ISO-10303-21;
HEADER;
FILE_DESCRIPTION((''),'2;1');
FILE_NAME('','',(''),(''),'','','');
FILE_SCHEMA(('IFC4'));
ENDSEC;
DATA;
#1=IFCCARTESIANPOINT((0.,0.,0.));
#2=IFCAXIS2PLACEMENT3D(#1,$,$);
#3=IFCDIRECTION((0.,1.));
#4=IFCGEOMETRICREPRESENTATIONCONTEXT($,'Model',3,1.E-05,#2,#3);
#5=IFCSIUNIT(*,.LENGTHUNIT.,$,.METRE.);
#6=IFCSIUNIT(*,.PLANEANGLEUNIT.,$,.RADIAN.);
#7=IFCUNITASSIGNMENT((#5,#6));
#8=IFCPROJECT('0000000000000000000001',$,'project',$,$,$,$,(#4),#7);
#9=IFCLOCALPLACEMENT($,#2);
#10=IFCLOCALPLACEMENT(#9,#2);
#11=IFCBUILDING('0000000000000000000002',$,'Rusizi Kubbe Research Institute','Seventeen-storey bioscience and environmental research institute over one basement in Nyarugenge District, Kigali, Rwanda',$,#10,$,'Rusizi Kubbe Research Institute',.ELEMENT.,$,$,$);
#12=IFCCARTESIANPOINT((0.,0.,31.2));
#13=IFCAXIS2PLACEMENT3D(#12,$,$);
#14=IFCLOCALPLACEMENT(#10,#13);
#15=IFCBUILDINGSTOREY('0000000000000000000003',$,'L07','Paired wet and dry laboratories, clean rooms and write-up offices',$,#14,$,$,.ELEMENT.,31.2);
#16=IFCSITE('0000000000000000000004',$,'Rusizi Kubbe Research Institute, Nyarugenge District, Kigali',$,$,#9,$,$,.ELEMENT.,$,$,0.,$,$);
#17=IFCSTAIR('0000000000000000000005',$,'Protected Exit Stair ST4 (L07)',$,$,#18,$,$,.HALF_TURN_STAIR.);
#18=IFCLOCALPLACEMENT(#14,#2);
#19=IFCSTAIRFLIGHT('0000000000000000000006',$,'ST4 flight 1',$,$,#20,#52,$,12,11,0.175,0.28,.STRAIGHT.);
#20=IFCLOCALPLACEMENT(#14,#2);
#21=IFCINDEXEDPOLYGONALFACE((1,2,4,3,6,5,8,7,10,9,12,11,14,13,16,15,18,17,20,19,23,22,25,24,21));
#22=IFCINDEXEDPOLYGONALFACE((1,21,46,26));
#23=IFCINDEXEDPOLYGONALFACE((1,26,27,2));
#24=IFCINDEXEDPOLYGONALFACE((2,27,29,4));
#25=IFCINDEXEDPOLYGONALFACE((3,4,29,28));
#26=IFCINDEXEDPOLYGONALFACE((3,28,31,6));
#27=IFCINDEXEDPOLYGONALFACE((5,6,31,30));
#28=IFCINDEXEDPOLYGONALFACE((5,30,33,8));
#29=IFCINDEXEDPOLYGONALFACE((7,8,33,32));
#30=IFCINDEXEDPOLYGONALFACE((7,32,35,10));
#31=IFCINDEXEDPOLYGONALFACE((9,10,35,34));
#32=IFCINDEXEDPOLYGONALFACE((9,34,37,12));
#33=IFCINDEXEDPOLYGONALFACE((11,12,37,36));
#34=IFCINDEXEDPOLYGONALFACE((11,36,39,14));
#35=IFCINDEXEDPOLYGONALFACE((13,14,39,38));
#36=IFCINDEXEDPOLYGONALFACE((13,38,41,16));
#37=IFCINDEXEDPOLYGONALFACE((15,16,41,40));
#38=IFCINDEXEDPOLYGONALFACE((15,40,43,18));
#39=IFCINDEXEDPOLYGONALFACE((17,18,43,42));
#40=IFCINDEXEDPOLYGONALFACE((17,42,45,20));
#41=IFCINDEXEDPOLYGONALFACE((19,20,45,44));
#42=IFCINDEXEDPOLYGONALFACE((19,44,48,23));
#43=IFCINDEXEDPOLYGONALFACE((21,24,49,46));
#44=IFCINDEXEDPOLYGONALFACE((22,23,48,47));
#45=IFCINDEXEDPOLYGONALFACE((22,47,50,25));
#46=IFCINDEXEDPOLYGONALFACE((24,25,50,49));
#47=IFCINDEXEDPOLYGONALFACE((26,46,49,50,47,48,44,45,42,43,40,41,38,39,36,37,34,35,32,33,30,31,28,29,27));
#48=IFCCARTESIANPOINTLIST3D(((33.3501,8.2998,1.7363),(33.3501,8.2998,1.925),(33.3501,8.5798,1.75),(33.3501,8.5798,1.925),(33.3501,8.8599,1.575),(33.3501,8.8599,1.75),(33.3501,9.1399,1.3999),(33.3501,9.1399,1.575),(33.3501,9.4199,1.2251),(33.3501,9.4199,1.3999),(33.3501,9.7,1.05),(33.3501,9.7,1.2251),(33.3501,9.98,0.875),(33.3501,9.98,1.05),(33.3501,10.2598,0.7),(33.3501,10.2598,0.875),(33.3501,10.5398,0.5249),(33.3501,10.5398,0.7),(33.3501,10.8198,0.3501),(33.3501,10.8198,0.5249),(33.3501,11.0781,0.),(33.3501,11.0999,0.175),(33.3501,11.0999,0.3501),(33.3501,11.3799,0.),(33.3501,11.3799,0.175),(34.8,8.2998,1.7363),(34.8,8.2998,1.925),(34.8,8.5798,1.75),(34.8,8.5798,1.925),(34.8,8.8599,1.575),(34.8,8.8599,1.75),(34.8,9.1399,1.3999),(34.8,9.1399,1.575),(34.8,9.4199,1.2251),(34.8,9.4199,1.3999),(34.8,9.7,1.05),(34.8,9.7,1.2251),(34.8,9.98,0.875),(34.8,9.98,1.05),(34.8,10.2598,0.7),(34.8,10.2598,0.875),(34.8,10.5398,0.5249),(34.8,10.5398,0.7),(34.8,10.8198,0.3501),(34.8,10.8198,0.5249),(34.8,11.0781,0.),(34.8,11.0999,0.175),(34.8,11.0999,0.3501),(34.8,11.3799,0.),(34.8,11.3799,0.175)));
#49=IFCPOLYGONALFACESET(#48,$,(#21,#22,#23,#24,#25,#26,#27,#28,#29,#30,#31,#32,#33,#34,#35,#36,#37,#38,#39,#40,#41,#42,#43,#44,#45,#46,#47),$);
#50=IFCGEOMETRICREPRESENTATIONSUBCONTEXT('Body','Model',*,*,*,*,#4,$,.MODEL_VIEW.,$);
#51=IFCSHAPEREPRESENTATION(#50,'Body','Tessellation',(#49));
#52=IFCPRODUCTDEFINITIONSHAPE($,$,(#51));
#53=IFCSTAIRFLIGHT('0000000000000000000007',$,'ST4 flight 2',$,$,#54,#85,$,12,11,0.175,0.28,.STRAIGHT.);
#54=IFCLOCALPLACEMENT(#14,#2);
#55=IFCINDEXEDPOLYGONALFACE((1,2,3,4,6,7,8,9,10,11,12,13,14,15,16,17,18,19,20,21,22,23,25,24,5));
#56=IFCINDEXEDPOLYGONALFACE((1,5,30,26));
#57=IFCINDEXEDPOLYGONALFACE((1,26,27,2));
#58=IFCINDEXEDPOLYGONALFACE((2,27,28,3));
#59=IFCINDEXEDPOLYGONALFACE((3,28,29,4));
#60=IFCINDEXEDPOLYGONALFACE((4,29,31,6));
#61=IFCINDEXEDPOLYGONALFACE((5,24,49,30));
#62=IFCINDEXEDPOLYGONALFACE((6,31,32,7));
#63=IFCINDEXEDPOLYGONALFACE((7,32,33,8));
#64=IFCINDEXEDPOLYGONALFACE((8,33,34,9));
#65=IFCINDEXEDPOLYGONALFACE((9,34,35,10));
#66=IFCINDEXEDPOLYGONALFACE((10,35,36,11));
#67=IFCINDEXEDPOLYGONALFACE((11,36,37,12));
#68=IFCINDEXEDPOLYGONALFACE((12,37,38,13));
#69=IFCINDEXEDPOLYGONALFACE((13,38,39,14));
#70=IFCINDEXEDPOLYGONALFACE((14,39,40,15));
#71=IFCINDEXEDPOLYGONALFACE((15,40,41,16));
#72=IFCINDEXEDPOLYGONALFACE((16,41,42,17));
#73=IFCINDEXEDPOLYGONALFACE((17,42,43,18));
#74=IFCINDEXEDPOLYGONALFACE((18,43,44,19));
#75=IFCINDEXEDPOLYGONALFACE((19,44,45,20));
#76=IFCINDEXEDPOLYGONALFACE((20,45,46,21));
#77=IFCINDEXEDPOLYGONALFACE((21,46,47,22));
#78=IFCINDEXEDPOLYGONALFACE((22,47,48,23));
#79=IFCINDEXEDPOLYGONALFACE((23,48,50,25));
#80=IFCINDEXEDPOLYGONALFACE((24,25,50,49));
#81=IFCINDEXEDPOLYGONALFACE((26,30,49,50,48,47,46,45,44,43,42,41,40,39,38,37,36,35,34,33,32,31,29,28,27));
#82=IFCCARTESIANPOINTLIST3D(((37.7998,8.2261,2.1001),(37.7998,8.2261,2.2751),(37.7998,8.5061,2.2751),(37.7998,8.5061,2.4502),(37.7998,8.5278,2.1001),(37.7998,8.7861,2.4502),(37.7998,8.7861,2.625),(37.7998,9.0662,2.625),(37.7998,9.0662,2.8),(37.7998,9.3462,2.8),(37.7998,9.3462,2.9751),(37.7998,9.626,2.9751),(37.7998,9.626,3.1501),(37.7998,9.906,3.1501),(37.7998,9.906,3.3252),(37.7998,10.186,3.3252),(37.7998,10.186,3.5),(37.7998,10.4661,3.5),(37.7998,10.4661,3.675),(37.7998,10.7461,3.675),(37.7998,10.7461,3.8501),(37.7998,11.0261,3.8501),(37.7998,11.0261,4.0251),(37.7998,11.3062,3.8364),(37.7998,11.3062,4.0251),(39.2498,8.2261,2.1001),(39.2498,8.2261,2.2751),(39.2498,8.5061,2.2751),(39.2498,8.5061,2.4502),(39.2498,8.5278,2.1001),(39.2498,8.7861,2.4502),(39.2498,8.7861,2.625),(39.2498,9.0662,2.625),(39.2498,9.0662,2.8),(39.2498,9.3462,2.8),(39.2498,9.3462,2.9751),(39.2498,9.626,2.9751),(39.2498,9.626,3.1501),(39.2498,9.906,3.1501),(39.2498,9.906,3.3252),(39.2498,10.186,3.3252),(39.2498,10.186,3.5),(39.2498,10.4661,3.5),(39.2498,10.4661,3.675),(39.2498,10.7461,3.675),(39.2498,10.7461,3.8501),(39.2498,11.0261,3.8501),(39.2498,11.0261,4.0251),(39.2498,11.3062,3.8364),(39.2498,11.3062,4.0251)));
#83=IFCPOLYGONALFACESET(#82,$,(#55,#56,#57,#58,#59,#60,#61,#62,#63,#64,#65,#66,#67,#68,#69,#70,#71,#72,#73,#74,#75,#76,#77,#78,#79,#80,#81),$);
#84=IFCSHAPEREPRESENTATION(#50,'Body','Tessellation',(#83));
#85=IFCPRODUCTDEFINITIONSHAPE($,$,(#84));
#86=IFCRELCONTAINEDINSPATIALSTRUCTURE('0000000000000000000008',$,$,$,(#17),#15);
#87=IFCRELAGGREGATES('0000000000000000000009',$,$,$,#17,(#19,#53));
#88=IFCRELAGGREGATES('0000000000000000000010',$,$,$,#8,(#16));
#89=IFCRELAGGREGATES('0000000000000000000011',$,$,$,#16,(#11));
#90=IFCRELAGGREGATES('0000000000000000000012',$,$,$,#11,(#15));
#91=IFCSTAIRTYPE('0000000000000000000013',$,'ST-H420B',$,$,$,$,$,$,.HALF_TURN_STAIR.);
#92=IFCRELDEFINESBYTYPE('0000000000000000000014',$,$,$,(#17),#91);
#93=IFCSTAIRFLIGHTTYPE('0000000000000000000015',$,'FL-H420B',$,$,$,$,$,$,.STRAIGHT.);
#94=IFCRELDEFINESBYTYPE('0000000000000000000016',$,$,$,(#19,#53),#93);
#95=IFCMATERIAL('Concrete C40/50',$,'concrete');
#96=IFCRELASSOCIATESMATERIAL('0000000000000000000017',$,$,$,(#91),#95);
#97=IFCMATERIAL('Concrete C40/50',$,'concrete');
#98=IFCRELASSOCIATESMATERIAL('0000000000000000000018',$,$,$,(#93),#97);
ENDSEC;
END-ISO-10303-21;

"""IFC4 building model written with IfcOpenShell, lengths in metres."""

from ifc_helpers import new_model, si_unit, direction, frame, origin, place, context, subcontext, project, spatial, polyline, outline, extrude, material, type_object, element, aggregate, save


model = new_model("IFC4")

# Units and contexts
model_context = context("Model", 3, precision=1e-05, world=origin(), true_north=direction((0.0, 1.0)))
body_context = subcontext(model_context, "Body", "Model", "MODEL_VIEW")
ifc_project = project(units=[si_unit("LENGTHUNIT", "METRE"), si_unit("PLANEANGLEUNIT", "RADIAN")], contexts=[model_context])

# Site, building, storey
site_placement = place(None, origin())
site = spatial("IfcSite", under=ifc_project, at=site_placement, Name="Rusizi Kubbe Research Institute, Nyarugenge District, Kigali", CompositionType="ELEMENT", RefElevation=0.0)
building_placement = place(site_placement, origin())
building = spatial("IfcBuilding", under=site, at=building_placement, Name="Rusizi Kubbe Research Institute", Description="Seventeen-storey bioscience and environmental research institute over one basement in Nyarugenge District, Kigali, Rwanda", LongName="Rusizi Kubbe Research Institute", CompositionType="ELEMENT")
storey_placement = place(building_placement, frame((0.0, 0.0, 31.2)))
storey = spatial("IfcBuildingStorey", under=building, at=storey_placement, Name="L07", Description="Paired wet and dry laboratories, clean rooms and write-up offices", CompositionType="ELEMENT", Elevation=31.2)

# Stair, stair flights
ifc_material_1 = material(Name="Concrete C40/50", Category="concrete")
stair_type = type_object("IfcStairType", Name="ST-H420B", PredefinedType="HALF_TURN_STAIR", material=ifc_material_1)
stair_placement = place(storey_placement, origin())
stair = element("IfcStair", 1, at=stair_placement, inside=storey, type_object=stair_type, Name="Protected Exit Stair ST4 (L07)", PredefinedType="HALF_TURN_STAIR")
ifc_material_2 = material(Name="Concrete C40/50", Category="concrete")
stair_flight_type = type_object("IfcStairFlightType", Name="FL-H420B", PredefinedType="STRAIGHT", material=ifc_material_2)
stair_flight_1_placement = place(storey_placement, frame((34.075, 11.3799, 0.0), z_axis=(0.0, 0.0, 1.0), x_axis=(0.0, -1.0, 0.0)))
stair_flight_1 = element("IfcStairFlight", 2, at=stair_flight_1_placement, type_object=stair_flight_type, Name="ST4 flight 1", NumberOfRisers=12, NumberOfTreads=11, PredefinedType="STRAIGHT", RiserHeight=0.175, TreadLength=0.28, context=body_context, shape_type="SweptSolid", body=[
    extrude(outline(polyline([(0.0, 0.0), (0.0, 0.175), (0.28, 0.175), (0.28, 0.3501), (0.5601, 0.3501), (0.5601, 0.5249), (0.8401, 0.5249), (0.8401, 0.7), (1.1201, 0.7), (1.1201, 0.875), (1.3999, 0.875), (1.3999, 1.05), (1.6799, 1.05), (1.6799, 1.2251), (1.96, 1.2251), (1.96, 1.3999), (2.24, 1.3999), (2.24, 1.575), (2.52, 1.575), (2.52, 1.75), (2.8, 1.75), (2.8, 1.925), (3.0801, 1.925), (3.0801, 2.1001), (3.0801, 1.7363), (0.3018, 0.0), (0.0, 0.0)])), frame((0.0, 0.7251, 0.0), z_axis=(0.0, -1.0, 0.0), x_axis=(1.0, 0.0, 0.0)), (0.0, 0.0, 1.0), 1.45),
])
stair_flight_2_placement = place(storey_placement, frame((38.5249, 8.2261, 2.1001), z_axis=(0.0, 0.0, 1.0), x_axis=(0.0, 1.0, 0.0)))
stair_flight_2 = element("IfcStairFlight", 3, at=stair_flight_2_placement, type_object=stair_flight_type, Name="ST4 flight 2", NumberOfRisers=12, NumberOfTreads=11, PredefinedType="STRAIGHT", RiserHeight=0.175, TreadLength=0.28, context=body_context, shape_type="SweptSolid", body=[
    extrude(outline(polyline([(0.0, 0.0), (0.0, 0.175), (0.28, 0.175), (0.28, 0.3501), (0.5601, 0.3501), (0.5601, 0.5249), (0.8401, 0.5249), (0.8401, 0.7), (1.1201, 0.7), (1.1201, 0.875), (1.3999, 0.875), (1.3999, 1.05), (1.6799, 1.05), (1.6799, 1.2251), (1.96, 1.2251), (1.96, 1.3999), (2.24, 1.3999), (2.24, 1.575), (2.52, 1.575), (2.52, 1.75), (2.8, 1.75), (2.8, 1.925), (3.0801, 1.925), (3.0801, 2.1001), (3.0801, 1.7363), (0.3018, 0.0), (0.0, 0.0)])), frame((0.0, 0.7251, 0.0), z_axis=(0.0, -1.0, 0.0), x_axis=(1.0, 0.0, 0.0)), (0.0, 0.0, 1.0), 1.45),
])
aggregate(stair, [stair_flight_1, stair_flight_2])

save(model, "model.ifc")
